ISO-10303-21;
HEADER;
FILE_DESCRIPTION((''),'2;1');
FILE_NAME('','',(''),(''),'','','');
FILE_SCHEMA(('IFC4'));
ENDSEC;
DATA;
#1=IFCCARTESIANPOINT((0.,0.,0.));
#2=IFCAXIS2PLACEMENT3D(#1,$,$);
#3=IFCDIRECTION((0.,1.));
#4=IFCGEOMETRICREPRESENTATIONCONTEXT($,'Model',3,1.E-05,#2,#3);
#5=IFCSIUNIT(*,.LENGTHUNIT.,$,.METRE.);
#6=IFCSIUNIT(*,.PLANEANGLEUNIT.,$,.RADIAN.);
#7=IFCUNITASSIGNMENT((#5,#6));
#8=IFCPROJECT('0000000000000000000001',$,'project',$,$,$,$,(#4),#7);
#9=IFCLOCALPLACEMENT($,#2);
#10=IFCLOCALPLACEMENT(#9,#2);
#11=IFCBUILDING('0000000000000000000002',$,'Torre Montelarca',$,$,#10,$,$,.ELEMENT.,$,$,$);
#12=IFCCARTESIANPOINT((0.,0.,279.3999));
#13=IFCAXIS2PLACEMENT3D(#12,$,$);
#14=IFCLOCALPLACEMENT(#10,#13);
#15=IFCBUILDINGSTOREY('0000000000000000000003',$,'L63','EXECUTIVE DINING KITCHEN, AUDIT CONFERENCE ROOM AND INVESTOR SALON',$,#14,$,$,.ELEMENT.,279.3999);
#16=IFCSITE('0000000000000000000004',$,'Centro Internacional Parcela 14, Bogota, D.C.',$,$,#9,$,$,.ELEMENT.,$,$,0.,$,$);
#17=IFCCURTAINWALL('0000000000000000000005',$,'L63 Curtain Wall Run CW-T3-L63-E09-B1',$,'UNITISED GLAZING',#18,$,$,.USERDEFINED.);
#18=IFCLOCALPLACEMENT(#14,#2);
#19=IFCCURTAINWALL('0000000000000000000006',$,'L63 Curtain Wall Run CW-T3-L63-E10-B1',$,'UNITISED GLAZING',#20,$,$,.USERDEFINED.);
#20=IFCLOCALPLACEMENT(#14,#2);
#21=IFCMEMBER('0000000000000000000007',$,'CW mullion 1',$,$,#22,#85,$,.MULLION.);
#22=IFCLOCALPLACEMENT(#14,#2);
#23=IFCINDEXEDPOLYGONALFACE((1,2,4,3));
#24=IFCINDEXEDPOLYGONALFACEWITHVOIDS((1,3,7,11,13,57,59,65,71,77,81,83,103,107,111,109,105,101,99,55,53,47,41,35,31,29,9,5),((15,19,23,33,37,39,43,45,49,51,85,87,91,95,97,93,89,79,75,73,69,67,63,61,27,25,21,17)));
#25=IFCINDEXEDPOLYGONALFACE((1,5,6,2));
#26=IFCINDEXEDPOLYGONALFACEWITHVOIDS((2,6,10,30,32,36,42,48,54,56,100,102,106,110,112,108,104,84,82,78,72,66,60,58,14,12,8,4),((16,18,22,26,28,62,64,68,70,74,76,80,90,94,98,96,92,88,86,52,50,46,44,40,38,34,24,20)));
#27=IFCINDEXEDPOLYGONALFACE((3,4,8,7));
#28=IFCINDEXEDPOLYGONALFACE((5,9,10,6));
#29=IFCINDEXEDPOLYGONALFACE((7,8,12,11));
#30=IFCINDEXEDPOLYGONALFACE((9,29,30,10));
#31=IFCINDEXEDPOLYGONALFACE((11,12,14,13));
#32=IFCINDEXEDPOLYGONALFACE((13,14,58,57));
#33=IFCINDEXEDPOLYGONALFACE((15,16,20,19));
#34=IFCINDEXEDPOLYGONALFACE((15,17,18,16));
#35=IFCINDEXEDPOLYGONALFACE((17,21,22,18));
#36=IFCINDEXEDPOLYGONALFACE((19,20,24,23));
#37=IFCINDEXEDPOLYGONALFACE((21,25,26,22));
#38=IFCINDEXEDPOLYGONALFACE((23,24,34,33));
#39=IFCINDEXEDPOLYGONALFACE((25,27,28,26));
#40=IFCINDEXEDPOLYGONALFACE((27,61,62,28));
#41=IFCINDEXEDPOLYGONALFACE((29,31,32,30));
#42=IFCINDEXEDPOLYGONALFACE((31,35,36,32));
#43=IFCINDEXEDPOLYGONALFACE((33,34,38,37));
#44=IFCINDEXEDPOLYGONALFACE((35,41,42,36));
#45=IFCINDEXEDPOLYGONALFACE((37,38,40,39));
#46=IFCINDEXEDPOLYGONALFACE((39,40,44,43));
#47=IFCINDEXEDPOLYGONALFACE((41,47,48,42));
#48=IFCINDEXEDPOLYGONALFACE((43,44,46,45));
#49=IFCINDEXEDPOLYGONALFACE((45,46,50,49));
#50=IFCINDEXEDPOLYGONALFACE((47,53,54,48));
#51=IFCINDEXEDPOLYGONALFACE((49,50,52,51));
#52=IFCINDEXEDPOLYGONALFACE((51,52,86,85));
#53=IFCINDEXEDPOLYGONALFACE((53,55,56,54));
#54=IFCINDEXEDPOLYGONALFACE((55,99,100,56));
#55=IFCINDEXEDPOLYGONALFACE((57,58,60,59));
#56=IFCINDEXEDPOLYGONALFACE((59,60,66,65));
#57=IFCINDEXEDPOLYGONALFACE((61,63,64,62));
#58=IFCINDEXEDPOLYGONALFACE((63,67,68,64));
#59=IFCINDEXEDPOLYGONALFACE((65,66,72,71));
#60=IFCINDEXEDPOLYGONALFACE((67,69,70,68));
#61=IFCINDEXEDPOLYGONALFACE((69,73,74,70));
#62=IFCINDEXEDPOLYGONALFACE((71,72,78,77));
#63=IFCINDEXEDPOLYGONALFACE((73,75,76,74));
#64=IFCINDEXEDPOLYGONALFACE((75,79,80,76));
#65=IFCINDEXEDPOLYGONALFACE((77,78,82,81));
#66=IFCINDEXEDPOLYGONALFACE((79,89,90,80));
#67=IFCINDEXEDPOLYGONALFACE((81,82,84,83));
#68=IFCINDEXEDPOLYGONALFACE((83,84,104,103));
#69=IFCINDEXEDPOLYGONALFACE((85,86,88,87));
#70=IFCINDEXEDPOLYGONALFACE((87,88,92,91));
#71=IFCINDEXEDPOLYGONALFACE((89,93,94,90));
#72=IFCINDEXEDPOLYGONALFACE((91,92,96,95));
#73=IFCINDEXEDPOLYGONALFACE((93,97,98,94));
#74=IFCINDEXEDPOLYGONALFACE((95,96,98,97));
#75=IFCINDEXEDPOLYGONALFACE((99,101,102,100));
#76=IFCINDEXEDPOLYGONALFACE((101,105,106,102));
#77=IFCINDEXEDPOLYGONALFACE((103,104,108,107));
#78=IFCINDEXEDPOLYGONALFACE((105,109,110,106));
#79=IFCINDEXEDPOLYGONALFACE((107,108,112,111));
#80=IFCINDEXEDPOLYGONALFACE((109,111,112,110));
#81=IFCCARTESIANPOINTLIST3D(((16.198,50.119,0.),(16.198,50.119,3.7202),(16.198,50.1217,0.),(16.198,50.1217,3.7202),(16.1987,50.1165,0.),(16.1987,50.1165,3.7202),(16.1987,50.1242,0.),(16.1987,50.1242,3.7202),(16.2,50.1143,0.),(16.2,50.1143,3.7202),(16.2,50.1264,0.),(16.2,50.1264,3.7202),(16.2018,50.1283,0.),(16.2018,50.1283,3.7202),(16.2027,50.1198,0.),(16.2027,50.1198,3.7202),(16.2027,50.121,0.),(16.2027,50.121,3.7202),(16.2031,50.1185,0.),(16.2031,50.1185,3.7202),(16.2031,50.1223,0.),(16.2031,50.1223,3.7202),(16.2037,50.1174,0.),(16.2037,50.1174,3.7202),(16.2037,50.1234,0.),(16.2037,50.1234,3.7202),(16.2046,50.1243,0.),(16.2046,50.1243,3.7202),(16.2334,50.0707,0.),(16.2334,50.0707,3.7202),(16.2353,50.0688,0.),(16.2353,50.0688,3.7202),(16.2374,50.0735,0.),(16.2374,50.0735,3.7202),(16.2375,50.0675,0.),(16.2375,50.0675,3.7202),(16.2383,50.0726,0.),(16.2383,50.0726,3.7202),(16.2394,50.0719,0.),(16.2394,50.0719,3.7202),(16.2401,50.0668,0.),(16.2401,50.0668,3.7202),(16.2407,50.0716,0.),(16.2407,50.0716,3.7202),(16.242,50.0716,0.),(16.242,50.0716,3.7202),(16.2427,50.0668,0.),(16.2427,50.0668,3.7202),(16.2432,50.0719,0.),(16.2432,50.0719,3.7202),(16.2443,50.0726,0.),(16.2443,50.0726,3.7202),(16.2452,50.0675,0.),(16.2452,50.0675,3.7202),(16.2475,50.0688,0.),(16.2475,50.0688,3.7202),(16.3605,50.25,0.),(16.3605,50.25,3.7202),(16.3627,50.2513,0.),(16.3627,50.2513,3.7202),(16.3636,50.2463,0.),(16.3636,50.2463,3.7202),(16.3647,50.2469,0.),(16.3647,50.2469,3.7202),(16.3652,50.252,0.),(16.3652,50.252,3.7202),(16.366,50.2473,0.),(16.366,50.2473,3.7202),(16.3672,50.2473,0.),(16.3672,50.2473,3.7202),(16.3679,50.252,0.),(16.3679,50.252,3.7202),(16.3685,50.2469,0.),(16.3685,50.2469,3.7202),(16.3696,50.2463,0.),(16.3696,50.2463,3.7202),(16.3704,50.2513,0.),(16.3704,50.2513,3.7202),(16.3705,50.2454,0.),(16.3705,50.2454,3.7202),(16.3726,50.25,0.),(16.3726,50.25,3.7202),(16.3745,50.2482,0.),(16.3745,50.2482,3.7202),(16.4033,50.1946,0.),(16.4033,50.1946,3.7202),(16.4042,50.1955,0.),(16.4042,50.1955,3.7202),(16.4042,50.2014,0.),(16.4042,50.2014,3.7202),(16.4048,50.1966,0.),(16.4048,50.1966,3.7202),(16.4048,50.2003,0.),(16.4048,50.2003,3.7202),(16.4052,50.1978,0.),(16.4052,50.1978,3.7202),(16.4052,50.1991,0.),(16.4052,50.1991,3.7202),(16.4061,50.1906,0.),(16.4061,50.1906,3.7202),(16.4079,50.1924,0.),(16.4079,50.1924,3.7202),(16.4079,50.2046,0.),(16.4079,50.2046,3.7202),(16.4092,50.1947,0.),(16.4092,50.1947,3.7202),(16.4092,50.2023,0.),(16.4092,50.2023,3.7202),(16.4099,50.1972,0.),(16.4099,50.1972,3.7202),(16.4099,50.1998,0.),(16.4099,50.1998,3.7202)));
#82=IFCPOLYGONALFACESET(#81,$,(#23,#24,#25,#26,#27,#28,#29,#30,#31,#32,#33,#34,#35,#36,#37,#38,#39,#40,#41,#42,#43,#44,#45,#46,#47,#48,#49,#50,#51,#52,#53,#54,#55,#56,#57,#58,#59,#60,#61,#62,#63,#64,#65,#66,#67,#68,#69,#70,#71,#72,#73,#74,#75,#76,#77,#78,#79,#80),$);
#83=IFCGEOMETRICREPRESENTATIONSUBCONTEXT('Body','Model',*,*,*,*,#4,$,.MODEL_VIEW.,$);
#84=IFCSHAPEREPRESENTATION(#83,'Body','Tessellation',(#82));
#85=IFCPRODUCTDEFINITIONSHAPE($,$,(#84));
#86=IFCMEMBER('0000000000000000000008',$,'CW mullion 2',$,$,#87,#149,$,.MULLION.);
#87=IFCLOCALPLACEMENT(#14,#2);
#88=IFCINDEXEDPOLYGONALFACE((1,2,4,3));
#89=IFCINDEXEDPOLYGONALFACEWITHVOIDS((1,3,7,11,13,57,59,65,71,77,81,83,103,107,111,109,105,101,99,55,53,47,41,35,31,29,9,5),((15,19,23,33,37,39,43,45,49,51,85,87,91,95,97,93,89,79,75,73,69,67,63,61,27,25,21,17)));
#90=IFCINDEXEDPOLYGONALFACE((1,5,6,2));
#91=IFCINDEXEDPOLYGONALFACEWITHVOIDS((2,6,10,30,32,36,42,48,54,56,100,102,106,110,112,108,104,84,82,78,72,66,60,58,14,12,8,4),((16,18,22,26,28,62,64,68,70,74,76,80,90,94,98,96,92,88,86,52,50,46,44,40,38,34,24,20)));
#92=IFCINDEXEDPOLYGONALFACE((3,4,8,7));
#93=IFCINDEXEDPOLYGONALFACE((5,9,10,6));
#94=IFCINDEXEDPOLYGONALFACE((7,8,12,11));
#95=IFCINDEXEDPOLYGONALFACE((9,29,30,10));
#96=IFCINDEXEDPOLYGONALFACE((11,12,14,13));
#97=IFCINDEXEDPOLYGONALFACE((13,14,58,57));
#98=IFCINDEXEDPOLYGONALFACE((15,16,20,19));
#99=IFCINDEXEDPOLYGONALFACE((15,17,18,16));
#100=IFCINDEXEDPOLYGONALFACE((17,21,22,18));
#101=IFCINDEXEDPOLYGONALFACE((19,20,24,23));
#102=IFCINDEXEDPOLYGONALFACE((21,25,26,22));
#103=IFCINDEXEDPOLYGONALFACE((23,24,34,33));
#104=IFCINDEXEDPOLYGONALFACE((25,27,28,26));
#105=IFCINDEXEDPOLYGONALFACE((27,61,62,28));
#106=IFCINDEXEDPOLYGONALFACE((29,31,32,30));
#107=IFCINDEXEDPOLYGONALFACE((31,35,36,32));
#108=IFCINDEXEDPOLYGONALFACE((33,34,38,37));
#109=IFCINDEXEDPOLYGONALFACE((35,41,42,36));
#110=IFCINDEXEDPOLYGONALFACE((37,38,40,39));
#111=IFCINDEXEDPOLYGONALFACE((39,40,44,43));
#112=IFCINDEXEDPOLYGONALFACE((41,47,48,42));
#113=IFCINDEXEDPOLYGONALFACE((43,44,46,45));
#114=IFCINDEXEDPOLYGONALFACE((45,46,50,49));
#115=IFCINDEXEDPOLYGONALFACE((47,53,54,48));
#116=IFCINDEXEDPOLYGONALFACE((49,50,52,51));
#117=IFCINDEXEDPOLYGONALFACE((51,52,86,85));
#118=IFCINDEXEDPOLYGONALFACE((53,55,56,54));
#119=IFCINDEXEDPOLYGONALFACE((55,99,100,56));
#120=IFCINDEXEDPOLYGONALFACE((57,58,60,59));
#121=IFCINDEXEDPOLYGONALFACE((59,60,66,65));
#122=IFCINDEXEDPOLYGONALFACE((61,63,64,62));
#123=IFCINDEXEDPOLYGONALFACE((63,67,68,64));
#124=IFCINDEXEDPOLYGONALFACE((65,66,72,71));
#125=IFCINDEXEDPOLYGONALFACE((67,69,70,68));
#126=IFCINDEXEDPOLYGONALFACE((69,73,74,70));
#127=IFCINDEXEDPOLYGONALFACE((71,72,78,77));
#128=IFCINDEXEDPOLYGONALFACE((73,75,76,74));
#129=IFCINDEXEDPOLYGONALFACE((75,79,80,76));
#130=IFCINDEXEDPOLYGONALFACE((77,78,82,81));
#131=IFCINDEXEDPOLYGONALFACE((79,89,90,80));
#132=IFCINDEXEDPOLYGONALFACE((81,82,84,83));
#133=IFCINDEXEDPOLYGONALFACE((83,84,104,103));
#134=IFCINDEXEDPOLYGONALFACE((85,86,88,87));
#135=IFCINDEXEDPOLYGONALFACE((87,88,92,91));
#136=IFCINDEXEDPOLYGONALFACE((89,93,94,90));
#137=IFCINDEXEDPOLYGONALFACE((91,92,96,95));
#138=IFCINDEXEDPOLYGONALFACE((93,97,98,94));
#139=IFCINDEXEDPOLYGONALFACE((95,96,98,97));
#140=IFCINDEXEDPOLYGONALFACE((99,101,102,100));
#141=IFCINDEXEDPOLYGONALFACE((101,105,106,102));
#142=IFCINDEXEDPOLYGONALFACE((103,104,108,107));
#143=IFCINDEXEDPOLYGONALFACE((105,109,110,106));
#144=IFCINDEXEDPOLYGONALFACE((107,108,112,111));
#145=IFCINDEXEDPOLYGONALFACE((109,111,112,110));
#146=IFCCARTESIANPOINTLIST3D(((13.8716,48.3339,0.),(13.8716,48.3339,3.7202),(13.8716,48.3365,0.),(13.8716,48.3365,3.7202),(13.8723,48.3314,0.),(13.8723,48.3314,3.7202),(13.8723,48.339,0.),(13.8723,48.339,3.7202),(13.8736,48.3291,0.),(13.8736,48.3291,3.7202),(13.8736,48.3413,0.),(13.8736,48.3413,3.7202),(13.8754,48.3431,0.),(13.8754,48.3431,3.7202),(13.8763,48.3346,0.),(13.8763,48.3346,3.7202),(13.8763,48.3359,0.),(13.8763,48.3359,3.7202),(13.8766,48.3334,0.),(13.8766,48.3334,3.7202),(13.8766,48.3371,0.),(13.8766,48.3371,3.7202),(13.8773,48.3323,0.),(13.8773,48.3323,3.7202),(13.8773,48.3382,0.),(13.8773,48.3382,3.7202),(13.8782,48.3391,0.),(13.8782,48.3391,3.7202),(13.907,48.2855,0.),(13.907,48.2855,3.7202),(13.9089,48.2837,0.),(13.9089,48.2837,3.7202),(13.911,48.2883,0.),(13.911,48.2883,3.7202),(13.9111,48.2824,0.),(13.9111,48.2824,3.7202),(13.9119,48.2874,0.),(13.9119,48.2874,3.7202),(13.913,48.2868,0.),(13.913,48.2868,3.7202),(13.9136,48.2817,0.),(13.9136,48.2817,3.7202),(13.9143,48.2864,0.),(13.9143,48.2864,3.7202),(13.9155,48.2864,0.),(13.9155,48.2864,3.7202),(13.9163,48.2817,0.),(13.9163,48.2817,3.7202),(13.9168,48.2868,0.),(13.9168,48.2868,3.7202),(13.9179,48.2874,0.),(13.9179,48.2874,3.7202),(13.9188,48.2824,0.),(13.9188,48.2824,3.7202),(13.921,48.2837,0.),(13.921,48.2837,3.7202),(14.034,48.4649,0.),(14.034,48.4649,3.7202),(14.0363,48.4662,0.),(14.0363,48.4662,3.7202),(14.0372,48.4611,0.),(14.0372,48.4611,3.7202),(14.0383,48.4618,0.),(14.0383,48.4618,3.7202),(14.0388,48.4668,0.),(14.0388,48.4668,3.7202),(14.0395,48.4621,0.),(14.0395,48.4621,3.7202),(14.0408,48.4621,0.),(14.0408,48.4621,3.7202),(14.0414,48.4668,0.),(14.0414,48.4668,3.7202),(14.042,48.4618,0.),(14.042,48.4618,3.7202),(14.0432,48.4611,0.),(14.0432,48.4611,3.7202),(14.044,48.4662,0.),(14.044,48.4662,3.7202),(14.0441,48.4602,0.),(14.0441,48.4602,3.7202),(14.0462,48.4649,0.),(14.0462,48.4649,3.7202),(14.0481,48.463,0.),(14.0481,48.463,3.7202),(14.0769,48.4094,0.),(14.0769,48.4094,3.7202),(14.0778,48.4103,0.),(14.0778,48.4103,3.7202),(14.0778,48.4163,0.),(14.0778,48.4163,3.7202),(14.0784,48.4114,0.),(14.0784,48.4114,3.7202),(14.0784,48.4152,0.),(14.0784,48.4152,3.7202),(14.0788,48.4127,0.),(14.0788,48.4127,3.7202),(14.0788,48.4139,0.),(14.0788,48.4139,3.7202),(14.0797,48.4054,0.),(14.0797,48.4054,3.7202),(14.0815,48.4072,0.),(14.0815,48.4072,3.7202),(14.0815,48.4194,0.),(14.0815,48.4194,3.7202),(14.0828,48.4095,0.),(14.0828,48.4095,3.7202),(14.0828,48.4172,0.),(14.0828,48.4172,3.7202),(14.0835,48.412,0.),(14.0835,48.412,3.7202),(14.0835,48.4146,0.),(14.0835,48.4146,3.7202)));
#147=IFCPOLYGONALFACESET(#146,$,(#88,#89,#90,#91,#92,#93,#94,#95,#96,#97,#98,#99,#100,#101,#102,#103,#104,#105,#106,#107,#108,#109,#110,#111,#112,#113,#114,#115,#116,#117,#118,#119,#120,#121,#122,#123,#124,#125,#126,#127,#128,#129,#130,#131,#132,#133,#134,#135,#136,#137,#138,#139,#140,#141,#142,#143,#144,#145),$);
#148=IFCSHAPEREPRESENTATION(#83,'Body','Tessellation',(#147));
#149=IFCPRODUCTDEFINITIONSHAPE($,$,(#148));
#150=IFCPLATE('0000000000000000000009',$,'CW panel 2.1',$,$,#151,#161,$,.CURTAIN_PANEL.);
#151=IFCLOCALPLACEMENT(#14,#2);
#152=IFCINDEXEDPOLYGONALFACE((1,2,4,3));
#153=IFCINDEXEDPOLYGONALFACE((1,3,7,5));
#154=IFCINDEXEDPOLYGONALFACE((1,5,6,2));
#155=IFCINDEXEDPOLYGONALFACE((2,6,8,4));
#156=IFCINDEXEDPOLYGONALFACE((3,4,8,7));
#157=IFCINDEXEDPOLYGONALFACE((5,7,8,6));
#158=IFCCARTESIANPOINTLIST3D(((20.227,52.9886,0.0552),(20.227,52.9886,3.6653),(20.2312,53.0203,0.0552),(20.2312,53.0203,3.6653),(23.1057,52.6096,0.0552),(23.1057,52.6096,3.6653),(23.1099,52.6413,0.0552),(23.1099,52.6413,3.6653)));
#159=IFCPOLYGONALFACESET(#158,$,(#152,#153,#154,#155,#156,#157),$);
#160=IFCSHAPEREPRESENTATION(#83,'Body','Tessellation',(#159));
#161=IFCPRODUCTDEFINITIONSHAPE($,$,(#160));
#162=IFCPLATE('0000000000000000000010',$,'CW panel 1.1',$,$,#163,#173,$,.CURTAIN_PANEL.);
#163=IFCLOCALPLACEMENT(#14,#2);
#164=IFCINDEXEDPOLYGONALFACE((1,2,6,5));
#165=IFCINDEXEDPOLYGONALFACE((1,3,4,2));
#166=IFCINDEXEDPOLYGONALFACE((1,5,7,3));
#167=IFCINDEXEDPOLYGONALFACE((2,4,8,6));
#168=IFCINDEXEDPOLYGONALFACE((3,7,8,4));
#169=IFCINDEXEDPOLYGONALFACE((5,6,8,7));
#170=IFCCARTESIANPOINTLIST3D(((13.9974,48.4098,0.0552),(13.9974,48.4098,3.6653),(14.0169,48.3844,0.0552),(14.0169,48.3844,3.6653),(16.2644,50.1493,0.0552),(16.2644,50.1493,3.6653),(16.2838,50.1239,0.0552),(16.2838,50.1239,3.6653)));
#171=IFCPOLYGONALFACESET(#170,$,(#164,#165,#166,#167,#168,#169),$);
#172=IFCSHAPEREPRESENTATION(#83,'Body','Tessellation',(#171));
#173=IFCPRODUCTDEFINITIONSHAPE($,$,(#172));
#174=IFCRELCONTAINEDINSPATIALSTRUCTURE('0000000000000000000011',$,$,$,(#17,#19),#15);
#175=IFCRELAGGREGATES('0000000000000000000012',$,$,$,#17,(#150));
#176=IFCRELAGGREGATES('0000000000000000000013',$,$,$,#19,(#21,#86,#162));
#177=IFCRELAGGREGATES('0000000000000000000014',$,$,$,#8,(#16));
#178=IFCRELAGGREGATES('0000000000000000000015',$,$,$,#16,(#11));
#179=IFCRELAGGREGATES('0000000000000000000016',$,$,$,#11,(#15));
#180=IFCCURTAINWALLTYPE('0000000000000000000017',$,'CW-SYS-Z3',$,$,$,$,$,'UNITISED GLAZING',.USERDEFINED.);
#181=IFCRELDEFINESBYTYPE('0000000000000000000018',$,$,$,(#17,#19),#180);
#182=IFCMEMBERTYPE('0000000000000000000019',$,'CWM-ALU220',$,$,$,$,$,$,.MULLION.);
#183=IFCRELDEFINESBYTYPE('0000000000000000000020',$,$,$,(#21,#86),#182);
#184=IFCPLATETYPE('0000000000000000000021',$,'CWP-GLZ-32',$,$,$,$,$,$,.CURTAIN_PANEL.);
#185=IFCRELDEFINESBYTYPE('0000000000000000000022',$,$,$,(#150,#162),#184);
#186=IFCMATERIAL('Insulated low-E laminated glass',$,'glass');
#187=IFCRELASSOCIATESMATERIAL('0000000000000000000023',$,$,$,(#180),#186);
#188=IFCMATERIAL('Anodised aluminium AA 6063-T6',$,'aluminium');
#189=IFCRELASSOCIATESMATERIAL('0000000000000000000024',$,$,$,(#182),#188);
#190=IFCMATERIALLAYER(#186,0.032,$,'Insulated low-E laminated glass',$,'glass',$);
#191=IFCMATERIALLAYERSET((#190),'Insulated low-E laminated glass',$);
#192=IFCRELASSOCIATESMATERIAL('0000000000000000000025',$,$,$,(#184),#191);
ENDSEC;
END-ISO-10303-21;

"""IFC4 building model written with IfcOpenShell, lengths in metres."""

from ifc_helpers import new_model, si_unit, direction, frame, origin, origin_2d, place, context, subcontext, project, spatial, rectangle, hollow_rectangle, extrude, source, transform, mapped, material, layer, layer_set, material_profile, profile_set, type_object, element, aggregate, save


model = new_model("IFC4")

# Units and contexts
model_context = context("Model", 3, precision=1e-05, world=origin(), true_north=direction((0.0, 1.0)))
body_context = subcontext(model_context, "Body", "Model", "MODEL_VIEW")
ifc_project = project(units=[si_unit("LENGTHUNIT", "METRE"), si_unit("PLANEANGLEUNIT", "RADIAN")], contexts=[model_context])

# Site, building, storey
site_placement = place(None, origin())
site = spatial("IfcSite", under=ifc_project, at=site_placement, Name="Centro Internacional Parcela 14, Bogota, D.C.", CompositionType="ELEMENT", RefElevation=0.0)
building_placement = place(site_placement, origin())
building = spatial("IfcBuilding", under=site, at=building_placement, Name="Torre Montelarca", CompositionType="ELEMENT")
storey_placement = place(building_placement, frame((0.0, 0.0, 279.3999)))
storey = spatial("IfcBuildingStorey", under=building, at=storey_placement, Name="L63", Description="EXECUTIVE DINING KITCHEN, AUDIT CONFERENCE ROOM AND INVESTOR SALON", CompositionType="ELEMENT", Elevation=279.3999)

# Curtain wall
ifc_material_1 = material(Name="Insulated low-E laminated glass", Category="glass")
curtain_wall_type = type_object("IfcCurtainWallType", Name="CW-SYS-Z3", ElementType="UNITISED GLAZING", PredefinedType="USERDEFINED", material=ifc_material_1)
curtain_wall_1_placement = place(storey_placement, origin())
curtain_wall_1 = element("IfcCurtainWall", 1, at=curtain_wall_1_placement, inside=storey, type_object=curtain_wall_type, Name="L63 Curtain Wall Run CW-T3-L63-E09-B1", ObjectType="UNITISED GLAZING", PredefinedType="USERDEFINED")
ifc_material_2 = material(Name="Anodised aluminium AA 6063-T6", Category="aluminium")

# Curtain wall
curtain_wall_2_placement = place(storey_placement, origin())
curtain_wall_2 = element("IfcCurtainWall", 2, at=curtain_wall_2_placement, inside=storey, type_object=curtain_wall_type, Name="L63 Curtain Wall Run CW-T3-L63-E10-B1", ObjectType="UNITISED GLAZING", PredefinedType="USERDEFINED")

# Members
ifc_material_profile_1 = material_profile(ifc_material_2, hollow_rectangle(XDim=0.075, YDim=0.22, WallThickness=0.0049, InnerFilletRadius=0.0049, OuterFilletRadius=0.01, at=origin_2d()), Name="ALU75X220X5", Category="aluminium")
ifc_profile_set_1 = profile_set([ifc_material_profile_1], Name="Anodised aluminium AA 6063-T6")
member_type_1 = type_object("IfcMemberType", Name="CWM-ALU220", PredefinedType="MULLION", material=ifc_profile_set_1)
shared_shape_1 = source(origin(), body_context, "Body", "SweptSolid", [
    extrude(hollow_rectangle(XDim=0.075, YDim=0.22, WallThickness=0.0049, InnerFilletRadius=0.0049, OuterFilletRadius=0.01, at=origin_2d()), origin(), (0.0, 0.0, 1.0), 3.7202),
])
member_1_placement = place(storey_placement, frame((16.304, 50.1594, 0.0), z_axis=(0.0, 0.0, 1.0), x_axis=(0.608769, -0.793348, 0.0)))
member_1 = element("IfcMember", 3, at=member_1_placement, type_object=member_type_1, Name="CW mullion 1", PredefinedType="MULLION", context=body_context, shape_type="MappedRepresentation", body=[
    mapped(shared_shape_1, transform((0.0, 0.0, 0.0), scale=1.0)),
])
member_2_placement = place(storey_placement, frame((13.9775, 48.3743, 0.0), z_axis=(0.0, 0.0, 1.0), x_axis=(0.608769, -0.793348, 0.0)))
member_2 = element("IfcMember", 4, at=member_2_placement, type_object=member_type_1, Name="CW mullion 2", PredefinedType="MULLION", context=body_context, shape_type="MappedRepresentation", body=[
    mapped(shared_shape_1, transform((0.0, 0.0, 0.0), scale=1.0)),
])

# Plates
ifc_layer_1 = layer(ifc_material_1, 0.032, Name="Insulated low-E laminated glass", Category="glass")
ifc_layer_set_1 = layer_set([ifc_layer_1], Name="Insulated low-E laminated glass")
plate_type = type_object("IfcPlateType", Name="CWP-GLZ-32", PredefinedType="CURTAIN_PANEL", material=ifc_layer_set_1)
shared_shape_2 = source(origin(), body_context, "Body", "SweptSolid", [
    extrude(rectangle(XDim=2.9036, YDim=0.032, at=origin_2d()), origin(), (0.0, 0.0, 1.0), 3.6101),
])
plate_1_placement = place(storey_placement, frame((21.6685, 52.8149, 0.0552), z_axis=(0.0, 0.0, 1.0), x_axis=(-0.991446, 0.130514, 0.0)))
plate_1 = element("IfcPlate", 5, at=plate_1_placement, type_object=plate_type, Name="CW panel 2.1", PredefinedType="CURTAIN_PANEL", context=body_context, shape_type="MappedRepresentation", body=[
    mapped(shared_shape_2, transform((0.0, 0.0, 0.0), scale=1.0)),
])
aggregate(curtain_wall_1, [plate_1])
shared_shape_3 = source(origin(), body_context, "Body", "SweptSolid", [
    extrude(rectangle(XDim=2.8574, YDim=0.032, at=origin_2d()), origin(), (0.0, 0.0, 1.0), 3.6101),
])
plate_2_placement = place(storey_placement, frame((15.1406, 49.2668, 0.0552), z_axis=(0.0, 0.0, 1.0), x_axis=(-0.793348, -0.608769, 0.0)))
plate_2 = element("IfcPlate", 6, at=plate_2_placement, type_object=plate_type, Name="CW panel 1.1", PredefinedType="CURTAIN_PANEL", context=body_context, shape_type="MappedRepresentation", body=[
    mapped(shared_shape_3, transform((0.0, 0.0, 0.0), scale=1.0)),
])
aggregate(curtain_wall_2, [member_1, member_2, plate_2])

save(model, "model.ifc")
